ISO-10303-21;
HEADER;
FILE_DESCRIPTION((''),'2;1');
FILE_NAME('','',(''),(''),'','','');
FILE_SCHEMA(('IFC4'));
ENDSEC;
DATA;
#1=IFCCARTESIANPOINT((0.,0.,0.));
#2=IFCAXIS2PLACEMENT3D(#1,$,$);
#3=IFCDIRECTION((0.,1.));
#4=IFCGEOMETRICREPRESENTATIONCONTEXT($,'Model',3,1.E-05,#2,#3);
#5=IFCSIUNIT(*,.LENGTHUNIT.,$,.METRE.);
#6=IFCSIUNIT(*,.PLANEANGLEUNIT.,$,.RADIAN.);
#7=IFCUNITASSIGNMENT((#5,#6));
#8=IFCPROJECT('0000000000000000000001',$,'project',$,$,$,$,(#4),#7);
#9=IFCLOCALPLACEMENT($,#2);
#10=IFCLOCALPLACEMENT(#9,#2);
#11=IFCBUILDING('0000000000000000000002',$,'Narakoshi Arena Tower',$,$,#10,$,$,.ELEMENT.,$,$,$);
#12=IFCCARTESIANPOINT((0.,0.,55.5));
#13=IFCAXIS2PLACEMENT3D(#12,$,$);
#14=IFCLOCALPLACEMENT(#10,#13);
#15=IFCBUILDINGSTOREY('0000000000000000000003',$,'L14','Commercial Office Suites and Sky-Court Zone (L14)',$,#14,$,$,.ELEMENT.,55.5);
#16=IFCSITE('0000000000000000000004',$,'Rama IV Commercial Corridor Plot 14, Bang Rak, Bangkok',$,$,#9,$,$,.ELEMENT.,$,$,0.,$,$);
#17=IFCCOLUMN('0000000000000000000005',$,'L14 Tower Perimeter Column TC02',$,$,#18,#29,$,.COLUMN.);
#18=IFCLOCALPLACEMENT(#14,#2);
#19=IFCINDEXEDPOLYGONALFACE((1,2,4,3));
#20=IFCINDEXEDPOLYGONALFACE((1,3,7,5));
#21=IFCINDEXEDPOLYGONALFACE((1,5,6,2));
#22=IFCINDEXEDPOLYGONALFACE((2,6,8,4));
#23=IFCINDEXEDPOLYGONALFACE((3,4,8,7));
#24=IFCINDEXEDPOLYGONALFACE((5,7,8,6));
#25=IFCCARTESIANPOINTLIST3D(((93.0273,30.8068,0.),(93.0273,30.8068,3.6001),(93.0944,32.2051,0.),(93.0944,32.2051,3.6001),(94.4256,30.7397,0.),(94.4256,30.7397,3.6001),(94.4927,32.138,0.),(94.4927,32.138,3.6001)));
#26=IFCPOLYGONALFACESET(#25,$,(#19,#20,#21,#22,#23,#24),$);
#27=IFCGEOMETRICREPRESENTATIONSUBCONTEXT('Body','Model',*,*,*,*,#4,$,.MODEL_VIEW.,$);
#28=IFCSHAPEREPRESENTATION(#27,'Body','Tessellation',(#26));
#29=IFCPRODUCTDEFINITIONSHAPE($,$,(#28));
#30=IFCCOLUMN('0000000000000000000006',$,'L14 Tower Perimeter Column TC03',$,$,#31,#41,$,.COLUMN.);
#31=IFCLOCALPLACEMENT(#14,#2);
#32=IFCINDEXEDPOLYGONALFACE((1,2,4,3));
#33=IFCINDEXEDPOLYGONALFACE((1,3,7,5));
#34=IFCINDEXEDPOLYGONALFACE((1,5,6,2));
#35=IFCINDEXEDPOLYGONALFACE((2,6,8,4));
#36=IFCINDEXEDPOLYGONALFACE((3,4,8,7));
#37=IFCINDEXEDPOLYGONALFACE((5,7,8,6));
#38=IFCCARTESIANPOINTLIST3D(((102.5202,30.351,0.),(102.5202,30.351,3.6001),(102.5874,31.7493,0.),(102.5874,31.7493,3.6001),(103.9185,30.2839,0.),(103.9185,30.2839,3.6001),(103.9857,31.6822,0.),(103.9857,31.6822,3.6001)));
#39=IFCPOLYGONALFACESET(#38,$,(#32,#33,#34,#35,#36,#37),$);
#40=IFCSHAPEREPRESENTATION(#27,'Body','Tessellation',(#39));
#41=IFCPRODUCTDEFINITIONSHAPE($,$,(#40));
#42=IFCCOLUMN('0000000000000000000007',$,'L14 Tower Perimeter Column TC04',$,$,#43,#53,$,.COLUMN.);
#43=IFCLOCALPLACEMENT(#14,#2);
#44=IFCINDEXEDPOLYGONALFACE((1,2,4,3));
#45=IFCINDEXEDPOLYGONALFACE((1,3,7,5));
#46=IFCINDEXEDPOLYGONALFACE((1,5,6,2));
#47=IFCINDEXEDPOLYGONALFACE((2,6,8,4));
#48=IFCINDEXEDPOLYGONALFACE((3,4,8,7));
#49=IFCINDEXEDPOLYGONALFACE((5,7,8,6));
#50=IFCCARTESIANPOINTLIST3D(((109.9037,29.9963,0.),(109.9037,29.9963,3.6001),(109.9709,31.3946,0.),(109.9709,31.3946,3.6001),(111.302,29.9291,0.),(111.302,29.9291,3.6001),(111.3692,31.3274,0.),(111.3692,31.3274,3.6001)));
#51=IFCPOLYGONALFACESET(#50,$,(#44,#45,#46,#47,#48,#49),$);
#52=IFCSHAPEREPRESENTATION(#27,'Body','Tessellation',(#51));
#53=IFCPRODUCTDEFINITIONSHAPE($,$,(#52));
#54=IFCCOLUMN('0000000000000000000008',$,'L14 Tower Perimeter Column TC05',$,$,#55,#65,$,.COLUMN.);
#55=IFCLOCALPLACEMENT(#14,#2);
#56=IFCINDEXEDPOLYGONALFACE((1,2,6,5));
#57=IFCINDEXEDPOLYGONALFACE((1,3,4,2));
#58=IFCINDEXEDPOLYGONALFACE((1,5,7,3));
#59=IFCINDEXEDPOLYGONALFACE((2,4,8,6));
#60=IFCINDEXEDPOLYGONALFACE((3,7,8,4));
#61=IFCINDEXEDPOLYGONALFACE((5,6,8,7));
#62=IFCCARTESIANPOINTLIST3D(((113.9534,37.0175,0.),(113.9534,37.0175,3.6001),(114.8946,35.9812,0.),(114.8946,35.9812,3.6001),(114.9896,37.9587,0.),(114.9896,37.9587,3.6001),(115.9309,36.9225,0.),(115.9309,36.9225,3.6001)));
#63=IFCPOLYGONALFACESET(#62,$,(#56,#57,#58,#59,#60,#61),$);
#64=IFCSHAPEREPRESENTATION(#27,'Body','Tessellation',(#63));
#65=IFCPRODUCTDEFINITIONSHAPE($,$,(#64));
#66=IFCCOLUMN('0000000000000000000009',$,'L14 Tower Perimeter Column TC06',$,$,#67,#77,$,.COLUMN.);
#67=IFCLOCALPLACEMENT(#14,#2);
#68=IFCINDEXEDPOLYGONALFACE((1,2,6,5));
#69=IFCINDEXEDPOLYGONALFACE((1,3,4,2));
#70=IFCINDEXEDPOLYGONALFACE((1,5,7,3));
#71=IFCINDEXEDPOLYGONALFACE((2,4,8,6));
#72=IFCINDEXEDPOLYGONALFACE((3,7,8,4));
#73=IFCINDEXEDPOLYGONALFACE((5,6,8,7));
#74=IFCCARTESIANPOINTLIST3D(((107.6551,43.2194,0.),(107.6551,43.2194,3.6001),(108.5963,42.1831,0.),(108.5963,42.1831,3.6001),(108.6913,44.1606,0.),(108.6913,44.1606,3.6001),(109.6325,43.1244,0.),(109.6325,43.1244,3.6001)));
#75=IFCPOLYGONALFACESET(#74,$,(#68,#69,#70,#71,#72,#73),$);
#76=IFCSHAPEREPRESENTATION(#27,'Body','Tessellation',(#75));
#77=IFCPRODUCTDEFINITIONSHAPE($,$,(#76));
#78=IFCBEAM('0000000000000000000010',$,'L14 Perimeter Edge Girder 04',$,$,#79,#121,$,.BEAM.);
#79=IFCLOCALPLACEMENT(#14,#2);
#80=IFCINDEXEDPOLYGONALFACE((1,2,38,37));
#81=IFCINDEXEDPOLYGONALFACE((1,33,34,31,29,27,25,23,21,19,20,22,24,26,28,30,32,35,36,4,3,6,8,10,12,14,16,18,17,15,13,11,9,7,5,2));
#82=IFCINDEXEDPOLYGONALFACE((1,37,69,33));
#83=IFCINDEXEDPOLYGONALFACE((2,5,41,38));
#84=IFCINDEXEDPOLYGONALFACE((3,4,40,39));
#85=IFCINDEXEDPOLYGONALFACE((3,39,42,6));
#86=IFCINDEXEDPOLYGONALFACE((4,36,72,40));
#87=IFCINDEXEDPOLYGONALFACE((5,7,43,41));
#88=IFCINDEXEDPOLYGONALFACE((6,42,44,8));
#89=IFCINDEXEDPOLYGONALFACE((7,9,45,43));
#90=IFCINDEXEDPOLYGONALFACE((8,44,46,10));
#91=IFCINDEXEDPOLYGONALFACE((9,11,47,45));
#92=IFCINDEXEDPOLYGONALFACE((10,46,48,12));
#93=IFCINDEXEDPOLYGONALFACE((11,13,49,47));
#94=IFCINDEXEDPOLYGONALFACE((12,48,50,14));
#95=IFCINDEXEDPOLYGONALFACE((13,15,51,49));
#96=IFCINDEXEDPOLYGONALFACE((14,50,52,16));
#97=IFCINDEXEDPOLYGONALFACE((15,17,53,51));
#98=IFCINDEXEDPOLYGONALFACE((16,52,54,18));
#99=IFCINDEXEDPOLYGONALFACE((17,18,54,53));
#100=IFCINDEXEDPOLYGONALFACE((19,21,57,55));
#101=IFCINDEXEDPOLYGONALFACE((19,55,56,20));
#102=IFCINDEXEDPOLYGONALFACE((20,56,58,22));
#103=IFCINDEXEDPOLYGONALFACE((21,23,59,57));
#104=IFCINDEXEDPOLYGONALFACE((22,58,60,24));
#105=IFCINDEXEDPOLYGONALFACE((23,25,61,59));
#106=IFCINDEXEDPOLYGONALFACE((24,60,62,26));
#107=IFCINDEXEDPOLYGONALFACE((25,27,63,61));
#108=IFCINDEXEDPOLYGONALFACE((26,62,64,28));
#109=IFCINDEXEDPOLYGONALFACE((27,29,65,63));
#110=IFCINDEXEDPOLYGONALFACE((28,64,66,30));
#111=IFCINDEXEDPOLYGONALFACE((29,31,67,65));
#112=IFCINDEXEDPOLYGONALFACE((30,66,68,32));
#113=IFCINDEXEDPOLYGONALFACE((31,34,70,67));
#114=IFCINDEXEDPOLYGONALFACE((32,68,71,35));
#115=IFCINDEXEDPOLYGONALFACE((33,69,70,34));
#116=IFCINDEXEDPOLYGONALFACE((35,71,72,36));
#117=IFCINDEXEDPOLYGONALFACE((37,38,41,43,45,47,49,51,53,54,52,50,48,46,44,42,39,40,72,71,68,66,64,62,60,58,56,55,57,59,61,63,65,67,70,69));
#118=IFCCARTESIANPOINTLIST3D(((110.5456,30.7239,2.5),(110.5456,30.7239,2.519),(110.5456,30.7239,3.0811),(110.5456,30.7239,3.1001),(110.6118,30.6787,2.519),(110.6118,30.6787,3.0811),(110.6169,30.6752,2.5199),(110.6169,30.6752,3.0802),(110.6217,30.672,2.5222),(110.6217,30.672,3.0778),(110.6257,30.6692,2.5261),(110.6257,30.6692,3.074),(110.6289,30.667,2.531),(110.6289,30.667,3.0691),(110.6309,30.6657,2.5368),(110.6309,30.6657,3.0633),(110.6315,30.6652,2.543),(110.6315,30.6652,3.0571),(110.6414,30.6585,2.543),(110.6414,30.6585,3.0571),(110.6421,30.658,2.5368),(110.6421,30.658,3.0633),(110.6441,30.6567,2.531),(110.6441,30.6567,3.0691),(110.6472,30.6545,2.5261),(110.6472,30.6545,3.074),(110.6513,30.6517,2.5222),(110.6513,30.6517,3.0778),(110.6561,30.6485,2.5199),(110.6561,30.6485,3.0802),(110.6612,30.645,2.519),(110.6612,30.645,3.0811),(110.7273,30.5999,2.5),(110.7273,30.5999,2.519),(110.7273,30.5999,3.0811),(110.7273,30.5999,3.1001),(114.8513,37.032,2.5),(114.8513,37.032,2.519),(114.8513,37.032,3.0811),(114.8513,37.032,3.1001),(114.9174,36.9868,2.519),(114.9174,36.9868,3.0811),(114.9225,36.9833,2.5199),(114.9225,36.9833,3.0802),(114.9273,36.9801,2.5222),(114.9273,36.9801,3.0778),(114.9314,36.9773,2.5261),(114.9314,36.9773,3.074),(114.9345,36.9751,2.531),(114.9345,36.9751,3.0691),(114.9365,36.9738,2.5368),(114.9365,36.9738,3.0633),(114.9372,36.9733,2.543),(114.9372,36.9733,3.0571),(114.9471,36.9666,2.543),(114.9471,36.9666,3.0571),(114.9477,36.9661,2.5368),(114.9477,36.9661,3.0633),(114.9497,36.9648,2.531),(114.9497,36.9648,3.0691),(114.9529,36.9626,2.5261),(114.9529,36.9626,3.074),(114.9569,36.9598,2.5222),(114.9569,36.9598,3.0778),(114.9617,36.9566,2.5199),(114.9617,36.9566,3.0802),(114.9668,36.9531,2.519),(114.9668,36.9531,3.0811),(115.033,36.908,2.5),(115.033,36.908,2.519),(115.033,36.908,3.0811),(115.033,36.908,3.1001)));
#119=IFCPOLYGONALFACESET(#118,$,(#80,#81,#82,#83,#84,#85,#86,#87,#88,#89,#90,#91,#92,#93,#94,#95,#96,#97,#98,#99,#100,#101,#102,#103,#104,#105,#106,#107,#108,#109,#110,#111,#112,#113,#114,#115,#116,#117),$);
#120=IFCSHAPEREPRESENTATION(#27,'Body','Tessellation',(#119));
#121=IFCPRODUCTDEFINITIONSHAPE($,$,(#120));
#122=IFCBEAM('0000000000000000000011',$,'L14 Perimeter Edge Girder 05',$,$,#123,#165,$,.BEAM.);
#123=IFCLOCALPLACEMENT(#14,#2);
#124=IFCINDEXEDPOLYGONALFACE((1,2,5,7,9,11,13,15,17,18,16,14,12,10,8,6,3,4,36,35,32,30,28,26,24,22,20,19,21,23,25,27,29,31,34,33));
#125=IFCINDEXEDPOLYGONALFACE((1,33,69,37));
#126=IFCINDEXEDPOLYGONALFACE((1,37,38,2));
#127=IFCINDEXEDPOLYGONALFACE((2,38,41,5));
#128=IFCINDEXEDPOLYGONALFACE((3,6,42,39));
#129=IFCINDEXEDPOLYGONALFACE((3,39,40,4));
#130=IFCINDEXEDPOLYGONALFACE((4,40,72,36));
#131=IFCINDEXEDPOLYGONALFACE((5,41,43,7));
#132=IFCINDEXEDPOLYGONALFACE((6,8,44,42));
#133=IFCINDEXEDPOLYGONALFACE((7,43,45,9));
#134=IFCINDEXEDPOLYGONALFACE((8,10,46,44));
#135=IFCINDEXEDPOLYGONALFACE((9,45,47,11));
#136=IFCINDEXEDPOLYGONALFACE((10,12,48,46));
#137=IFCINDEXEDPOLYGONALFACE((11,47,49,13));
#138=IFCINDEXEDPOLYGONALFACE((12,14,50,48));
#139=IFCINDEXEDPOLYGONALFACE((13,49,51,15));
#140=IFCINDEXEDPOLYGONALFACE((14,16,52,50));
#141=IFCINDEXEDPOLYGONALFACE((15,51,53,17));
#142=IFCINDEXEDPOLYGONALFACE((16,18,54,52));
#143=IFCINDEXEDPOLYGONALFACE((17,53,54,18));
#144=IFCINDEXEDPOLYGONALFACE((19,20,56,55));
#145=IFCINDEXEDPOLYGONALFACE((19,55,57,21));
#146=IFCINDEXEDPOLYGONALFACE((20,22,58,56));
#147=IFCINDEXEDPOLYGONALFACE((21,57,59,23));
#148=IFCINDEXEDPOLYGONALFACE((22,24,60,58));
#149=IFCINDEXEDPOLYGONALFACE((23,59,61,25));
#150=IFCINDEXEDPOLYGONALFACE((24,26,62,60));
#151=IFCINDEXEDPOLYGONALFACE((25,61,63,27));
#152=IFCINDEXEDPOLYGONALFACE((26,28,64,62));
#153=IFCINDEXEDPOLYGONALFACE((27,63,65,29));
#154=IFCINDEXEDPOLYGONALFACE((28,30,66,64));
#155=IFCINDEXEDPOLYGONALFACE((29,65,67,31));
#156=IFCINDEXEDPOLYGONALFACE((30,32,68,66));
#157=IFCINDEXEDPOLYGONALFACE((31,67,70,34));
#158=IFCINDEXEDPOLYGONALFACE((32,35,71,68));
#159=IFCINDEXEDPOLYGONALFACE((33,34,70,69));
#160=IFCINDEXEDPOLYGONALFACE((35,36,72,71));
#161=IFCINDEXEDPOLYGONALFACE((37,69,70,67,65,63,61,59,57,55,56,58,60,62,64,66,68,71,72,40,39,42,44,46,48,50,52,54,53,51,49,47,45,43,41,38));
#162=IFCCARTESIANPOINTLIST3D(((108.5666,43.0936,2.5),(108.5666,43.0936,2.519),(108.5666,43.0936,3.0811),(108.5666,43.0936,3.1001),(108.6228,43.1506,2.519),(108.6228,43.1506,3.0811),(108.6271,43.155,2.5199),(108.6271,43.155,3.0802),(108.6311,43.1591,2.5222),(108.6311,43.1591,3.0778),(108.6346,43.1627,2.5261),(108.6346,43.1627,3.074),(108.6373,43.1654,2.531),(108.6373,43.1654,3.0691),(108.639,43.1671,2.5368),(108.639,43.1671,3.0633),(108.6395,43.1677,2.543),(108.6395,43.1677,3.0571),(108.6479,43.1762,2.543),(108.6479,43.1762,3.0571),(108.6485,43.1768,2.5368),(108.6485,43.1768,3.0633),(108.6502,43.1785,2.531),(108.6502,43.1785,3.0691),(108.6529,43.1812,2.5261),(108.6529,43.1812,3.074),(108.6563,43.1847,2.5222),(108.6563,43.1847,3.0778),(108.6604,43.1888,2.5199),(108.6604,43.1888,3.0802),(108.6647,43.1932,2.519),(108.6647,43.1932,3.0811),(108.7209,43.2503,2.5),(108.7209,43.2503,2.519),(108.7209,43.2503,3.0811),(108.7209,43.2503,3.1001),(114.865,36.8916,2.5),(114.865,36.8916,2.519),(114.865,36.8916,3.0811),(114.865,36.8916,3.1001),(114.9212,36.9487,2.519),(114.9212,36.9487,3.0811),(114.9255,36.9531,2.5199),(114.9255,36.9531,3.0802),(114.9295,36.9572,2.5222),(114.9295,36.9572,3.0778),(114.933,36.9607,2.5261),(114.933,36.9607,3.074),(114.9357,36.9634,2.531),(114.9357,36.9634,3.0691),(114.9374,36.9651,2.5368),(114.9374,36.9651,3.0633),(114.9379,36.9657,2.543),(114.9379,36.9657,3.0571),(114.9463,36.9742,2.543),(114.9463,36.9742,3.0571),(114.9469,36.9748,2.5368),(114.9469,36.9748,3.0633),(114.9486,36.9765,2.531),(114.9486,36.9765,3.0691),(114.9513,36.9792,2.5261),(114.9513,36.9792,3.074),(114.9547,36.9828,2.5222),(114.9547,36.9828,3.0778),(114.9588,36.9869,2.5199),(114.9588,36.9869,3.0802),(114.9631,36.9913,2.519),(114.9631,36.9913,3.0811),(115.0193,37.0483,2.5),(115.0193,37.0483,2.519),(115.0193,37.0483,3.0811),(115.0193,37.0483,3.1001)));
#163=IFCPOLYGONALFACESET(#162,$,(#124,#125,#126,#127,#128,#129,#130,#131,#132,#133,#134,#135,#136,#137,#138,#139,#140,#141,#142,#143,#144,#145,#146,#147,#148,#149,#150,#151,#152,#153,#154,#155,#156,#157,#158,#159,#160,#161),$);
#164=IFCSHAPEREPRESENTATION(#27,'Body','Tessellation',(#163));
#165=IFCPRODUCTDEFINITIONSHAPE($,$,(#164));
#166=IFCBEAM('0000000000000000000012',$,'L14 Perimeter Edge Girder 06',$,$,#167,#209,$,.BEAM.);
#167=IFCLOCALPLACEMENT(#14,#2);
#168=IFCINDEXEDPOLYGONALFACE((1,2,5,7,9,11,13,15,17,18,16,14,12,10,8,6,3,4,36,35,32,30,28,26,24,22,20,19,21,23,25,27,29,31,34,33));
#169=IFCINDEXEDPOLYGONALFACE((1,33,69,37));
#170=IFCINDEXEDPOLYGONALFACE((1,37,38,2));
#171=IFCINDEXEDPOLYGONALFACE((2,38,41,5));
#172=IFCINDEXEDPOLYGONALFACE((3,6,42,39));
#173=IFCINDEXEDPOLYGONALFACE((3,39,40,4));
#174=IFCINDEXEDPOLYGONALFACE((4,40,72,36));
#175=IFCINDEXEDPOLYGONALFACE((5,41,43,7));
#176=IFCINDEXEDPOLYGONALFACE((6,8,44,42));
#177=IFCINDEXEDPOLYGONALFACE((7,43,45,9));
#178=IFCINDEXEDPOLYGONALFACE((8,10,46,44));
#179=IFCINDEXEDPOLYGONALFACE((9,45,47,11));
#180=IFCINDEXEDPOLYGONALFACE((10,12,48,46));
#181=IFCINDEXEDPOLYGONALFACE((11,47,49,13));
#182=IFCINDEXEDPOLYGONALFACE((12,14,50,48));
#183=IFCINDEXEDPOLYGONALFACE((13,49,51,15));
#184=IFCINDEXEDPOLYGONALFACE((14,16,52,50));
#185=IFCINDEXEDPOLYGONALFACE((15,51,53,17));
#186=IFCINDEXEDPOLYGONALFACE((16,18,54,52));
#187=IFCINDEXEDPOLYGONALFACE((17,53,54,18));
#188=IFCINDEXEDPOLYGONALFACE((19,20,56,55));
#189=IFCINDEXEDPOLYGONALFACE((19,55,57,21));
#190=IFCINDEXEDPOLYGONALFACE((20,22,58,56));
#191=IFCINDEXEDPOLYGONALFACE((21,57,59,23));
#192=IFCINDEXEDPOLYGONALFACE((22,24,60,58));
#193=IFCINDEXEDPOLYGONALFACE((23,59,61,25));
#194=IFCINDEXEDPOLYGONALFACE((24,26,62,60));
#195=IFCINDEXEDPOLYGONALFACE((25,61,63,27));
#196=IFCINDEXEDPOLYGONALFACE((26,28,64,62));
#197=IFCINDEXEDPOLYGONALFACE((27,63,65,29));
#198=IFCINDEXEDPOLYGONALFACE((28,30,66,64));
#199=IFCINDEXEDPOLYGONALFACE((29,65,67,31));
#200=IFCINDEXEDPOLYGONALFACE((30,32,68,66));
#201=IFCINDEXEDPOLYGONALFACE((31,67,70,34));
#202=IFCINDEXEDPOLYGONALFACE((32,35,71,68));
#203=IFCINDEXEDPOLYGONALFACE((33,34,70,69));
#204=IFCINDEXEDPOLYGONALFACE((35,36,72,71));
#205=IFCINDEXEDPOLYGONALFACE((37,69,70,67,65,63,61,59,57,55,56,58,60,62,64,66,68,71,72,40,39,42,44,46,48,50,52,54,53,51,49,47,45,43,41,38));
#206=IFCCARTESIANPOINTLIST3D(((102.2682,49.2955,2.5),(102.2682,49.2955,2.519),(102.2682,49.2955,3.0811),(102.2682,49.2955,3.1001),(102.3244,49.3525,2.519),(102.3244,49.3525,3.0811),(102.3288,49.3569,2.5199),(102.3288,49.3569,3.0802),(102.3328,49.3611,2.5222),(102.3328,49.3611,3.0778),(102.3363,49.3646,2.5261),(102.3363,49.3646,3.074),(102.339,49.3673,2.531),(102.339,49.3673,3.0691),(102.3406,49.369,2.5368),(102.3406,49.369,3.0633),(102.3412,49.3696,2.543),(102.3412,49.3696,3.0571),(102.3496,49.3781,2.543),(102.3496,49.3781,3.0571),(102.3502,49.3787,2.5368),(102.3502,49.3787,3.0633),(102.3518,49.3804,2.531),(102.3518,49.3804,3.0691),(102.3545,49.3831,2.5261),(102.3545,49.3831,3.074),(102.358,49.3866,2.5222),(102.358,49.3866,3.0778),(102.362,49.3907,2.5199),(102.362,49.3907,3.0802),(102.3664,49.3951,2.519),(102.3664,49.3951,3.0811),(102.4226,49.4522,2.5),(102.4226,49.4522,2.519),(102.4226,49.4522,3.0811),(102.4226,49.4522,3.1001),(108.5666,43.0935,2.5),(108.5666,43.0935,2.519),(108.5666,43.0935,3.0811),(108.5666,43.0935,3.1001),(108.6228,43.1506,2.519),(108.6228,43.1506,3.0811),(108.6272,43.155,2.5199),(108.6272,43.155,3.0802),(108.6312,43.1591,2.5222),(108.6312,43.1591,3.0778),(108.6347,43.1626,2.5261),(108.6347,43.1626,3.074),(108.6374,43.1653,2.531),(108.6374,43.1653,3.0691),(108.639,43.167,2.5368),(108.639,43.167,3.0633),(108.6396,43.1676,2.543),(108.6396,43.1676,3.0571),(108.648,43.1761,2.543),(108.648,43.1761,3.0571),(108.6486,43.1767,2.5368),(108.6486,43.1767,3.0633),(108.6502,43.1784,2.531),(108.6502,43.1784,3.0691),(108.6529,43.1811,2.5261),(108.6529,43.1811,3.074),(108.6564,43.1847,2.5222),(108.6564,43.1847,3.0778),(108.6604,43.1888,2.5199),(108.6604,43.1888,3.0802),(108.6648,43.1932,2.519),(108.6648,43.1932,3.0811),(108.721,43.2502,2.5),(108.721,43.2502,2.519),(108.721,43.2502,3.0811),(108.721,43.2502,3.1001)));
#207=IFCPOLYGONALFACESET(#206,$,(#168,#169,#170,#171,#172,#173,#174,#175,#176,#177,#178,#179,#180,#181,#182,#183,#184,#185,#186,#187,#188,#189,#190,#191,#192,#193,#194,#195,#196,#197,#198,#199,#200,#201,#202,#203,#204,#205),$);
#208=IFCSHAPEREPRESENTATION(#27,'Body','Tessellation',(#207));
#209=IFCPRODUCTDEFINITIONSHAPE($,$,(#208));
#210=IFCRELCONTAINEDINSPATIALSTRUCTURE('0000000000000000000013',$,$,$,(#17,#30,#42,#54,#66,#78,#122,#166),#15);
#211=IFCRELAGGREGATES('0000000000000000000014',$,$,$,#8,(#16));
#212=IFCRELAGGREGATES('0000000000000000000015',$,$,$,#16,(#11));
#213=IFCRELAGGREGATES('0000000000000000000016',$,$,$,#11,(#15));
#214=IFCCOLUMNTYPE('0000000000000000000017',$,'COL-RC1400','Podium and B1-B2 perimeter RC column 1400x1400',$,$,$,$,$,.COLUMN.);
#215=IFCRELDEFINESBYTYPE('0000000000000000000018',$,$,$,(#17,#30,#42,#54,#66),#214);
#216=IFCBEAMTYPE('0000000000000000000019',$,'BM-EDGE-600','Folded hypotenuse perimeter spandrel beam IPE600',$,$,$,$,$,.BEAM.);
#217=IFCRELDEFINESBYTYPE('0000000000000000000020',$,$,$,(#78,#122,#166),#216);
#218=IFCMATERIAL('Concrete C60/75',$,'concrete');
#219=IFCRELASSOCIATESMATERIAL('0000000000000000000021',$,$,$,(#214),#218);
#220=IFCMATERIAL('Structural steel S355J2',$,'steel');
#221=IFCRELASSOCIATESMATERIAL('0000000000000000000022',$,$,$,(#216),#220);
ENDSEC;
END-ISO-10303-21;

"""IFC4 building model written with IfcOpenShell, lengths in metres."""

from ifc_helpers import new_model, si_unit, direction, frame, origin, origin_2d, place, context, subcontext, project, spatial, rectangle, i_section, extrude, material, material_profile, profile_set, type_object, element, save


model = new_model("IFC4")

# Units and contexts
model_context = context("Model", 3, precision=1e-05, world=origin(), true_north=direction((0.0, 1.0)))
body_context = subcontext(model_context, "Body", "Model", "MODEL_VIEW")
ifc_project = project(units=[si_unit("LENGTHUNIT", "METRE"), si_unit("PLANEANGLEUNIT", "RADIAN")], contexts=[model_context])

# Site, building, storey
site_placement = place(None, origin())
site = spatial("IfcSite", under=ifc_project, at=site_placement, Name="Rama IV Commercial Corridor Plot 14, Bang Rak, Bangkok", CompositionType="ELEMENT", RefElevation=0.0)
building_placement = place(site_placement, origin())
building = spatial("IfcBuilding", under=site, at=building_placement, Name="Narakoshi Arena Tower", CompositionType="ELEMENT")
storey_placement = place(building_placement, frame((0.0, 0.0, 55.5)))
storey = spatial("IfcBuildingStorey", under=building, at=storey_placement, Name="L14", Description="Commercial Office Suites and Sky-Court Zone (L14)", CompositionType="ELEMENT", Elevation=55.5)

# Columns
ifc_material_1 = material(Name="Concrete C60/75", Category="concrete")
ifc_material_profile_1 = material_profile(ifc_material_1, rectangle(XDim=1.3999, YDim=1.3999, at=origin_2d()), Name="RC1400x1400")
ifc_profile_set_1 = profile_set([ifc_material_profile_1], Name="Concrete C60/75")
column_type = type_object("IfcColumnType", Name="COL-RC1400", Description="Podium and B1-B2 perimeter RC column 1400x1400", PredefinedType="COLUMN", material=ifc_profile_set_1)
for number, where, z_axis, x_axis, name in (
    (1, (93.76, 31.4724, 0.0), (0.0, 0.0, 1.0), (-0.998848, 0.047978, 0.0), "L14 Tower Perimeter Column TC02"),
    (2, (103.2529, 31.0166, 0.0), (0.0, 0.0, 1.0), (-0.998848, 0.047978, 0.0), "L14 Tower Perimeter Column TC03"),
    (3, (110.6365, 30.6619, 0.0), (0.0, 0.0, 1.0), (-0.998848, 0.047978, 0.0), "L14 Tower Perimeter Column TC04"),
    (4, (114.9421, 36.97, 0.0), (0.0, 0.0, 1.0), (0.740218, 0.672367, 0.0), "L14 Tower Perimeter Column TC05"),
    (5, (108.6438, 43.1719, 0.0), (0.0, 0.0, 1.0), (0.740218, 0.672367, 0.0), "L14 Tower Perimeter Column TC06"),
):
    element("IfcColumn", number, at=place(storey_placement, frame(where, z_axis=z_axis, x_axis=x_axis)), inside=storey, type_object=column_type, Name=name, PredefinedType="COLUMN", context=body_context, shape_type="SweptSolid", body=[
        extrude(rectangle(XDim=1.3999, YDim=1.3999, at=origin_2d()), origin(), (0.0, 0.0, 1.0), 3.6001),
    ])

# Beams
ifc_material_2 = material(Name="Structural steel S355J2", Category="steel")
ifc_material_profile_2 = material_profile(ifc_material_2, i_section(OverallWidth=0.22, OverallDepth=0.6001, WebThickness=0.012, FlangeThickness=0.019, FilletRadius=0.0239, at=origin_2d()), Name="IPE600")
ifc_profile_set_2 = profile_set([ifc_material_profile_2], Name="Structural steel S355J2")
beam_type_1 = type_object("IfcBeamType", Name="BM-EDGE-600", Description="Folded hypotenuse perimeter spandrel beam IPE600", PredefinedType="BEAM", material=ifc_profile_set_2)
beam_1_placement = place(storey_placement, frame((110.6365, 30.6619, 2.8), z_axis=(0.563755, 0.825942, 0.0), x_axis=(-0.825942, 0.563755, 0.0)))
element("IfcBeam", 6, at=beam_1_placement, inside=storey, type_object=beam_type_1, Name="L14 Perimeter Edge Girder 04", PredefinedType="BEAM", context=body_context, shape_type="SweptSolid", body=[
    extrude(i_section(OverallWidth=0.22, OverallDepth=0.6001, WebThickness=0.012, FlangeThickness=0.019, FilletRadius=0.0239, at=origin_2d()), origin(), (0.0, 0.0, 1.0), 7.6375),
])
for number, where, z_axis, x_axis, name in (
    (7, (114.9421, 36.97, 2.8), (-0.712541, 0.701631, 0.0), (-0.701631, -0.712541, 0.0), "L14 Perimeter Edge Girder 05"),
    (8, (108.6438, 43.1719, 2.8), (-0.712541, 0.701631, 0.0), (-0.701631, -0.712541, 0.0), "L14 Perimeter Edge Girder 06"),
):
    element("IfcBeam", number, at=place(storey_placement, frame(where, z_axis=z_axis, x_axis=x_axis)), inside=storey, type_object=beam_type_1, Name=name, PredefinedType="BEAM", context=body_context, shape_type="SweptSolid", body=[
        extrude(i_section(OverallWidth=0.22, OverallDepth=0.6001, WebThickness=0.012, FlangeThickness=0.019, FilletRadius=0.0239, at=origin_2d()), origin(), (0.0, 0.0, 1.0), 8.8394),
    ])

save(model, "model.ifc")
